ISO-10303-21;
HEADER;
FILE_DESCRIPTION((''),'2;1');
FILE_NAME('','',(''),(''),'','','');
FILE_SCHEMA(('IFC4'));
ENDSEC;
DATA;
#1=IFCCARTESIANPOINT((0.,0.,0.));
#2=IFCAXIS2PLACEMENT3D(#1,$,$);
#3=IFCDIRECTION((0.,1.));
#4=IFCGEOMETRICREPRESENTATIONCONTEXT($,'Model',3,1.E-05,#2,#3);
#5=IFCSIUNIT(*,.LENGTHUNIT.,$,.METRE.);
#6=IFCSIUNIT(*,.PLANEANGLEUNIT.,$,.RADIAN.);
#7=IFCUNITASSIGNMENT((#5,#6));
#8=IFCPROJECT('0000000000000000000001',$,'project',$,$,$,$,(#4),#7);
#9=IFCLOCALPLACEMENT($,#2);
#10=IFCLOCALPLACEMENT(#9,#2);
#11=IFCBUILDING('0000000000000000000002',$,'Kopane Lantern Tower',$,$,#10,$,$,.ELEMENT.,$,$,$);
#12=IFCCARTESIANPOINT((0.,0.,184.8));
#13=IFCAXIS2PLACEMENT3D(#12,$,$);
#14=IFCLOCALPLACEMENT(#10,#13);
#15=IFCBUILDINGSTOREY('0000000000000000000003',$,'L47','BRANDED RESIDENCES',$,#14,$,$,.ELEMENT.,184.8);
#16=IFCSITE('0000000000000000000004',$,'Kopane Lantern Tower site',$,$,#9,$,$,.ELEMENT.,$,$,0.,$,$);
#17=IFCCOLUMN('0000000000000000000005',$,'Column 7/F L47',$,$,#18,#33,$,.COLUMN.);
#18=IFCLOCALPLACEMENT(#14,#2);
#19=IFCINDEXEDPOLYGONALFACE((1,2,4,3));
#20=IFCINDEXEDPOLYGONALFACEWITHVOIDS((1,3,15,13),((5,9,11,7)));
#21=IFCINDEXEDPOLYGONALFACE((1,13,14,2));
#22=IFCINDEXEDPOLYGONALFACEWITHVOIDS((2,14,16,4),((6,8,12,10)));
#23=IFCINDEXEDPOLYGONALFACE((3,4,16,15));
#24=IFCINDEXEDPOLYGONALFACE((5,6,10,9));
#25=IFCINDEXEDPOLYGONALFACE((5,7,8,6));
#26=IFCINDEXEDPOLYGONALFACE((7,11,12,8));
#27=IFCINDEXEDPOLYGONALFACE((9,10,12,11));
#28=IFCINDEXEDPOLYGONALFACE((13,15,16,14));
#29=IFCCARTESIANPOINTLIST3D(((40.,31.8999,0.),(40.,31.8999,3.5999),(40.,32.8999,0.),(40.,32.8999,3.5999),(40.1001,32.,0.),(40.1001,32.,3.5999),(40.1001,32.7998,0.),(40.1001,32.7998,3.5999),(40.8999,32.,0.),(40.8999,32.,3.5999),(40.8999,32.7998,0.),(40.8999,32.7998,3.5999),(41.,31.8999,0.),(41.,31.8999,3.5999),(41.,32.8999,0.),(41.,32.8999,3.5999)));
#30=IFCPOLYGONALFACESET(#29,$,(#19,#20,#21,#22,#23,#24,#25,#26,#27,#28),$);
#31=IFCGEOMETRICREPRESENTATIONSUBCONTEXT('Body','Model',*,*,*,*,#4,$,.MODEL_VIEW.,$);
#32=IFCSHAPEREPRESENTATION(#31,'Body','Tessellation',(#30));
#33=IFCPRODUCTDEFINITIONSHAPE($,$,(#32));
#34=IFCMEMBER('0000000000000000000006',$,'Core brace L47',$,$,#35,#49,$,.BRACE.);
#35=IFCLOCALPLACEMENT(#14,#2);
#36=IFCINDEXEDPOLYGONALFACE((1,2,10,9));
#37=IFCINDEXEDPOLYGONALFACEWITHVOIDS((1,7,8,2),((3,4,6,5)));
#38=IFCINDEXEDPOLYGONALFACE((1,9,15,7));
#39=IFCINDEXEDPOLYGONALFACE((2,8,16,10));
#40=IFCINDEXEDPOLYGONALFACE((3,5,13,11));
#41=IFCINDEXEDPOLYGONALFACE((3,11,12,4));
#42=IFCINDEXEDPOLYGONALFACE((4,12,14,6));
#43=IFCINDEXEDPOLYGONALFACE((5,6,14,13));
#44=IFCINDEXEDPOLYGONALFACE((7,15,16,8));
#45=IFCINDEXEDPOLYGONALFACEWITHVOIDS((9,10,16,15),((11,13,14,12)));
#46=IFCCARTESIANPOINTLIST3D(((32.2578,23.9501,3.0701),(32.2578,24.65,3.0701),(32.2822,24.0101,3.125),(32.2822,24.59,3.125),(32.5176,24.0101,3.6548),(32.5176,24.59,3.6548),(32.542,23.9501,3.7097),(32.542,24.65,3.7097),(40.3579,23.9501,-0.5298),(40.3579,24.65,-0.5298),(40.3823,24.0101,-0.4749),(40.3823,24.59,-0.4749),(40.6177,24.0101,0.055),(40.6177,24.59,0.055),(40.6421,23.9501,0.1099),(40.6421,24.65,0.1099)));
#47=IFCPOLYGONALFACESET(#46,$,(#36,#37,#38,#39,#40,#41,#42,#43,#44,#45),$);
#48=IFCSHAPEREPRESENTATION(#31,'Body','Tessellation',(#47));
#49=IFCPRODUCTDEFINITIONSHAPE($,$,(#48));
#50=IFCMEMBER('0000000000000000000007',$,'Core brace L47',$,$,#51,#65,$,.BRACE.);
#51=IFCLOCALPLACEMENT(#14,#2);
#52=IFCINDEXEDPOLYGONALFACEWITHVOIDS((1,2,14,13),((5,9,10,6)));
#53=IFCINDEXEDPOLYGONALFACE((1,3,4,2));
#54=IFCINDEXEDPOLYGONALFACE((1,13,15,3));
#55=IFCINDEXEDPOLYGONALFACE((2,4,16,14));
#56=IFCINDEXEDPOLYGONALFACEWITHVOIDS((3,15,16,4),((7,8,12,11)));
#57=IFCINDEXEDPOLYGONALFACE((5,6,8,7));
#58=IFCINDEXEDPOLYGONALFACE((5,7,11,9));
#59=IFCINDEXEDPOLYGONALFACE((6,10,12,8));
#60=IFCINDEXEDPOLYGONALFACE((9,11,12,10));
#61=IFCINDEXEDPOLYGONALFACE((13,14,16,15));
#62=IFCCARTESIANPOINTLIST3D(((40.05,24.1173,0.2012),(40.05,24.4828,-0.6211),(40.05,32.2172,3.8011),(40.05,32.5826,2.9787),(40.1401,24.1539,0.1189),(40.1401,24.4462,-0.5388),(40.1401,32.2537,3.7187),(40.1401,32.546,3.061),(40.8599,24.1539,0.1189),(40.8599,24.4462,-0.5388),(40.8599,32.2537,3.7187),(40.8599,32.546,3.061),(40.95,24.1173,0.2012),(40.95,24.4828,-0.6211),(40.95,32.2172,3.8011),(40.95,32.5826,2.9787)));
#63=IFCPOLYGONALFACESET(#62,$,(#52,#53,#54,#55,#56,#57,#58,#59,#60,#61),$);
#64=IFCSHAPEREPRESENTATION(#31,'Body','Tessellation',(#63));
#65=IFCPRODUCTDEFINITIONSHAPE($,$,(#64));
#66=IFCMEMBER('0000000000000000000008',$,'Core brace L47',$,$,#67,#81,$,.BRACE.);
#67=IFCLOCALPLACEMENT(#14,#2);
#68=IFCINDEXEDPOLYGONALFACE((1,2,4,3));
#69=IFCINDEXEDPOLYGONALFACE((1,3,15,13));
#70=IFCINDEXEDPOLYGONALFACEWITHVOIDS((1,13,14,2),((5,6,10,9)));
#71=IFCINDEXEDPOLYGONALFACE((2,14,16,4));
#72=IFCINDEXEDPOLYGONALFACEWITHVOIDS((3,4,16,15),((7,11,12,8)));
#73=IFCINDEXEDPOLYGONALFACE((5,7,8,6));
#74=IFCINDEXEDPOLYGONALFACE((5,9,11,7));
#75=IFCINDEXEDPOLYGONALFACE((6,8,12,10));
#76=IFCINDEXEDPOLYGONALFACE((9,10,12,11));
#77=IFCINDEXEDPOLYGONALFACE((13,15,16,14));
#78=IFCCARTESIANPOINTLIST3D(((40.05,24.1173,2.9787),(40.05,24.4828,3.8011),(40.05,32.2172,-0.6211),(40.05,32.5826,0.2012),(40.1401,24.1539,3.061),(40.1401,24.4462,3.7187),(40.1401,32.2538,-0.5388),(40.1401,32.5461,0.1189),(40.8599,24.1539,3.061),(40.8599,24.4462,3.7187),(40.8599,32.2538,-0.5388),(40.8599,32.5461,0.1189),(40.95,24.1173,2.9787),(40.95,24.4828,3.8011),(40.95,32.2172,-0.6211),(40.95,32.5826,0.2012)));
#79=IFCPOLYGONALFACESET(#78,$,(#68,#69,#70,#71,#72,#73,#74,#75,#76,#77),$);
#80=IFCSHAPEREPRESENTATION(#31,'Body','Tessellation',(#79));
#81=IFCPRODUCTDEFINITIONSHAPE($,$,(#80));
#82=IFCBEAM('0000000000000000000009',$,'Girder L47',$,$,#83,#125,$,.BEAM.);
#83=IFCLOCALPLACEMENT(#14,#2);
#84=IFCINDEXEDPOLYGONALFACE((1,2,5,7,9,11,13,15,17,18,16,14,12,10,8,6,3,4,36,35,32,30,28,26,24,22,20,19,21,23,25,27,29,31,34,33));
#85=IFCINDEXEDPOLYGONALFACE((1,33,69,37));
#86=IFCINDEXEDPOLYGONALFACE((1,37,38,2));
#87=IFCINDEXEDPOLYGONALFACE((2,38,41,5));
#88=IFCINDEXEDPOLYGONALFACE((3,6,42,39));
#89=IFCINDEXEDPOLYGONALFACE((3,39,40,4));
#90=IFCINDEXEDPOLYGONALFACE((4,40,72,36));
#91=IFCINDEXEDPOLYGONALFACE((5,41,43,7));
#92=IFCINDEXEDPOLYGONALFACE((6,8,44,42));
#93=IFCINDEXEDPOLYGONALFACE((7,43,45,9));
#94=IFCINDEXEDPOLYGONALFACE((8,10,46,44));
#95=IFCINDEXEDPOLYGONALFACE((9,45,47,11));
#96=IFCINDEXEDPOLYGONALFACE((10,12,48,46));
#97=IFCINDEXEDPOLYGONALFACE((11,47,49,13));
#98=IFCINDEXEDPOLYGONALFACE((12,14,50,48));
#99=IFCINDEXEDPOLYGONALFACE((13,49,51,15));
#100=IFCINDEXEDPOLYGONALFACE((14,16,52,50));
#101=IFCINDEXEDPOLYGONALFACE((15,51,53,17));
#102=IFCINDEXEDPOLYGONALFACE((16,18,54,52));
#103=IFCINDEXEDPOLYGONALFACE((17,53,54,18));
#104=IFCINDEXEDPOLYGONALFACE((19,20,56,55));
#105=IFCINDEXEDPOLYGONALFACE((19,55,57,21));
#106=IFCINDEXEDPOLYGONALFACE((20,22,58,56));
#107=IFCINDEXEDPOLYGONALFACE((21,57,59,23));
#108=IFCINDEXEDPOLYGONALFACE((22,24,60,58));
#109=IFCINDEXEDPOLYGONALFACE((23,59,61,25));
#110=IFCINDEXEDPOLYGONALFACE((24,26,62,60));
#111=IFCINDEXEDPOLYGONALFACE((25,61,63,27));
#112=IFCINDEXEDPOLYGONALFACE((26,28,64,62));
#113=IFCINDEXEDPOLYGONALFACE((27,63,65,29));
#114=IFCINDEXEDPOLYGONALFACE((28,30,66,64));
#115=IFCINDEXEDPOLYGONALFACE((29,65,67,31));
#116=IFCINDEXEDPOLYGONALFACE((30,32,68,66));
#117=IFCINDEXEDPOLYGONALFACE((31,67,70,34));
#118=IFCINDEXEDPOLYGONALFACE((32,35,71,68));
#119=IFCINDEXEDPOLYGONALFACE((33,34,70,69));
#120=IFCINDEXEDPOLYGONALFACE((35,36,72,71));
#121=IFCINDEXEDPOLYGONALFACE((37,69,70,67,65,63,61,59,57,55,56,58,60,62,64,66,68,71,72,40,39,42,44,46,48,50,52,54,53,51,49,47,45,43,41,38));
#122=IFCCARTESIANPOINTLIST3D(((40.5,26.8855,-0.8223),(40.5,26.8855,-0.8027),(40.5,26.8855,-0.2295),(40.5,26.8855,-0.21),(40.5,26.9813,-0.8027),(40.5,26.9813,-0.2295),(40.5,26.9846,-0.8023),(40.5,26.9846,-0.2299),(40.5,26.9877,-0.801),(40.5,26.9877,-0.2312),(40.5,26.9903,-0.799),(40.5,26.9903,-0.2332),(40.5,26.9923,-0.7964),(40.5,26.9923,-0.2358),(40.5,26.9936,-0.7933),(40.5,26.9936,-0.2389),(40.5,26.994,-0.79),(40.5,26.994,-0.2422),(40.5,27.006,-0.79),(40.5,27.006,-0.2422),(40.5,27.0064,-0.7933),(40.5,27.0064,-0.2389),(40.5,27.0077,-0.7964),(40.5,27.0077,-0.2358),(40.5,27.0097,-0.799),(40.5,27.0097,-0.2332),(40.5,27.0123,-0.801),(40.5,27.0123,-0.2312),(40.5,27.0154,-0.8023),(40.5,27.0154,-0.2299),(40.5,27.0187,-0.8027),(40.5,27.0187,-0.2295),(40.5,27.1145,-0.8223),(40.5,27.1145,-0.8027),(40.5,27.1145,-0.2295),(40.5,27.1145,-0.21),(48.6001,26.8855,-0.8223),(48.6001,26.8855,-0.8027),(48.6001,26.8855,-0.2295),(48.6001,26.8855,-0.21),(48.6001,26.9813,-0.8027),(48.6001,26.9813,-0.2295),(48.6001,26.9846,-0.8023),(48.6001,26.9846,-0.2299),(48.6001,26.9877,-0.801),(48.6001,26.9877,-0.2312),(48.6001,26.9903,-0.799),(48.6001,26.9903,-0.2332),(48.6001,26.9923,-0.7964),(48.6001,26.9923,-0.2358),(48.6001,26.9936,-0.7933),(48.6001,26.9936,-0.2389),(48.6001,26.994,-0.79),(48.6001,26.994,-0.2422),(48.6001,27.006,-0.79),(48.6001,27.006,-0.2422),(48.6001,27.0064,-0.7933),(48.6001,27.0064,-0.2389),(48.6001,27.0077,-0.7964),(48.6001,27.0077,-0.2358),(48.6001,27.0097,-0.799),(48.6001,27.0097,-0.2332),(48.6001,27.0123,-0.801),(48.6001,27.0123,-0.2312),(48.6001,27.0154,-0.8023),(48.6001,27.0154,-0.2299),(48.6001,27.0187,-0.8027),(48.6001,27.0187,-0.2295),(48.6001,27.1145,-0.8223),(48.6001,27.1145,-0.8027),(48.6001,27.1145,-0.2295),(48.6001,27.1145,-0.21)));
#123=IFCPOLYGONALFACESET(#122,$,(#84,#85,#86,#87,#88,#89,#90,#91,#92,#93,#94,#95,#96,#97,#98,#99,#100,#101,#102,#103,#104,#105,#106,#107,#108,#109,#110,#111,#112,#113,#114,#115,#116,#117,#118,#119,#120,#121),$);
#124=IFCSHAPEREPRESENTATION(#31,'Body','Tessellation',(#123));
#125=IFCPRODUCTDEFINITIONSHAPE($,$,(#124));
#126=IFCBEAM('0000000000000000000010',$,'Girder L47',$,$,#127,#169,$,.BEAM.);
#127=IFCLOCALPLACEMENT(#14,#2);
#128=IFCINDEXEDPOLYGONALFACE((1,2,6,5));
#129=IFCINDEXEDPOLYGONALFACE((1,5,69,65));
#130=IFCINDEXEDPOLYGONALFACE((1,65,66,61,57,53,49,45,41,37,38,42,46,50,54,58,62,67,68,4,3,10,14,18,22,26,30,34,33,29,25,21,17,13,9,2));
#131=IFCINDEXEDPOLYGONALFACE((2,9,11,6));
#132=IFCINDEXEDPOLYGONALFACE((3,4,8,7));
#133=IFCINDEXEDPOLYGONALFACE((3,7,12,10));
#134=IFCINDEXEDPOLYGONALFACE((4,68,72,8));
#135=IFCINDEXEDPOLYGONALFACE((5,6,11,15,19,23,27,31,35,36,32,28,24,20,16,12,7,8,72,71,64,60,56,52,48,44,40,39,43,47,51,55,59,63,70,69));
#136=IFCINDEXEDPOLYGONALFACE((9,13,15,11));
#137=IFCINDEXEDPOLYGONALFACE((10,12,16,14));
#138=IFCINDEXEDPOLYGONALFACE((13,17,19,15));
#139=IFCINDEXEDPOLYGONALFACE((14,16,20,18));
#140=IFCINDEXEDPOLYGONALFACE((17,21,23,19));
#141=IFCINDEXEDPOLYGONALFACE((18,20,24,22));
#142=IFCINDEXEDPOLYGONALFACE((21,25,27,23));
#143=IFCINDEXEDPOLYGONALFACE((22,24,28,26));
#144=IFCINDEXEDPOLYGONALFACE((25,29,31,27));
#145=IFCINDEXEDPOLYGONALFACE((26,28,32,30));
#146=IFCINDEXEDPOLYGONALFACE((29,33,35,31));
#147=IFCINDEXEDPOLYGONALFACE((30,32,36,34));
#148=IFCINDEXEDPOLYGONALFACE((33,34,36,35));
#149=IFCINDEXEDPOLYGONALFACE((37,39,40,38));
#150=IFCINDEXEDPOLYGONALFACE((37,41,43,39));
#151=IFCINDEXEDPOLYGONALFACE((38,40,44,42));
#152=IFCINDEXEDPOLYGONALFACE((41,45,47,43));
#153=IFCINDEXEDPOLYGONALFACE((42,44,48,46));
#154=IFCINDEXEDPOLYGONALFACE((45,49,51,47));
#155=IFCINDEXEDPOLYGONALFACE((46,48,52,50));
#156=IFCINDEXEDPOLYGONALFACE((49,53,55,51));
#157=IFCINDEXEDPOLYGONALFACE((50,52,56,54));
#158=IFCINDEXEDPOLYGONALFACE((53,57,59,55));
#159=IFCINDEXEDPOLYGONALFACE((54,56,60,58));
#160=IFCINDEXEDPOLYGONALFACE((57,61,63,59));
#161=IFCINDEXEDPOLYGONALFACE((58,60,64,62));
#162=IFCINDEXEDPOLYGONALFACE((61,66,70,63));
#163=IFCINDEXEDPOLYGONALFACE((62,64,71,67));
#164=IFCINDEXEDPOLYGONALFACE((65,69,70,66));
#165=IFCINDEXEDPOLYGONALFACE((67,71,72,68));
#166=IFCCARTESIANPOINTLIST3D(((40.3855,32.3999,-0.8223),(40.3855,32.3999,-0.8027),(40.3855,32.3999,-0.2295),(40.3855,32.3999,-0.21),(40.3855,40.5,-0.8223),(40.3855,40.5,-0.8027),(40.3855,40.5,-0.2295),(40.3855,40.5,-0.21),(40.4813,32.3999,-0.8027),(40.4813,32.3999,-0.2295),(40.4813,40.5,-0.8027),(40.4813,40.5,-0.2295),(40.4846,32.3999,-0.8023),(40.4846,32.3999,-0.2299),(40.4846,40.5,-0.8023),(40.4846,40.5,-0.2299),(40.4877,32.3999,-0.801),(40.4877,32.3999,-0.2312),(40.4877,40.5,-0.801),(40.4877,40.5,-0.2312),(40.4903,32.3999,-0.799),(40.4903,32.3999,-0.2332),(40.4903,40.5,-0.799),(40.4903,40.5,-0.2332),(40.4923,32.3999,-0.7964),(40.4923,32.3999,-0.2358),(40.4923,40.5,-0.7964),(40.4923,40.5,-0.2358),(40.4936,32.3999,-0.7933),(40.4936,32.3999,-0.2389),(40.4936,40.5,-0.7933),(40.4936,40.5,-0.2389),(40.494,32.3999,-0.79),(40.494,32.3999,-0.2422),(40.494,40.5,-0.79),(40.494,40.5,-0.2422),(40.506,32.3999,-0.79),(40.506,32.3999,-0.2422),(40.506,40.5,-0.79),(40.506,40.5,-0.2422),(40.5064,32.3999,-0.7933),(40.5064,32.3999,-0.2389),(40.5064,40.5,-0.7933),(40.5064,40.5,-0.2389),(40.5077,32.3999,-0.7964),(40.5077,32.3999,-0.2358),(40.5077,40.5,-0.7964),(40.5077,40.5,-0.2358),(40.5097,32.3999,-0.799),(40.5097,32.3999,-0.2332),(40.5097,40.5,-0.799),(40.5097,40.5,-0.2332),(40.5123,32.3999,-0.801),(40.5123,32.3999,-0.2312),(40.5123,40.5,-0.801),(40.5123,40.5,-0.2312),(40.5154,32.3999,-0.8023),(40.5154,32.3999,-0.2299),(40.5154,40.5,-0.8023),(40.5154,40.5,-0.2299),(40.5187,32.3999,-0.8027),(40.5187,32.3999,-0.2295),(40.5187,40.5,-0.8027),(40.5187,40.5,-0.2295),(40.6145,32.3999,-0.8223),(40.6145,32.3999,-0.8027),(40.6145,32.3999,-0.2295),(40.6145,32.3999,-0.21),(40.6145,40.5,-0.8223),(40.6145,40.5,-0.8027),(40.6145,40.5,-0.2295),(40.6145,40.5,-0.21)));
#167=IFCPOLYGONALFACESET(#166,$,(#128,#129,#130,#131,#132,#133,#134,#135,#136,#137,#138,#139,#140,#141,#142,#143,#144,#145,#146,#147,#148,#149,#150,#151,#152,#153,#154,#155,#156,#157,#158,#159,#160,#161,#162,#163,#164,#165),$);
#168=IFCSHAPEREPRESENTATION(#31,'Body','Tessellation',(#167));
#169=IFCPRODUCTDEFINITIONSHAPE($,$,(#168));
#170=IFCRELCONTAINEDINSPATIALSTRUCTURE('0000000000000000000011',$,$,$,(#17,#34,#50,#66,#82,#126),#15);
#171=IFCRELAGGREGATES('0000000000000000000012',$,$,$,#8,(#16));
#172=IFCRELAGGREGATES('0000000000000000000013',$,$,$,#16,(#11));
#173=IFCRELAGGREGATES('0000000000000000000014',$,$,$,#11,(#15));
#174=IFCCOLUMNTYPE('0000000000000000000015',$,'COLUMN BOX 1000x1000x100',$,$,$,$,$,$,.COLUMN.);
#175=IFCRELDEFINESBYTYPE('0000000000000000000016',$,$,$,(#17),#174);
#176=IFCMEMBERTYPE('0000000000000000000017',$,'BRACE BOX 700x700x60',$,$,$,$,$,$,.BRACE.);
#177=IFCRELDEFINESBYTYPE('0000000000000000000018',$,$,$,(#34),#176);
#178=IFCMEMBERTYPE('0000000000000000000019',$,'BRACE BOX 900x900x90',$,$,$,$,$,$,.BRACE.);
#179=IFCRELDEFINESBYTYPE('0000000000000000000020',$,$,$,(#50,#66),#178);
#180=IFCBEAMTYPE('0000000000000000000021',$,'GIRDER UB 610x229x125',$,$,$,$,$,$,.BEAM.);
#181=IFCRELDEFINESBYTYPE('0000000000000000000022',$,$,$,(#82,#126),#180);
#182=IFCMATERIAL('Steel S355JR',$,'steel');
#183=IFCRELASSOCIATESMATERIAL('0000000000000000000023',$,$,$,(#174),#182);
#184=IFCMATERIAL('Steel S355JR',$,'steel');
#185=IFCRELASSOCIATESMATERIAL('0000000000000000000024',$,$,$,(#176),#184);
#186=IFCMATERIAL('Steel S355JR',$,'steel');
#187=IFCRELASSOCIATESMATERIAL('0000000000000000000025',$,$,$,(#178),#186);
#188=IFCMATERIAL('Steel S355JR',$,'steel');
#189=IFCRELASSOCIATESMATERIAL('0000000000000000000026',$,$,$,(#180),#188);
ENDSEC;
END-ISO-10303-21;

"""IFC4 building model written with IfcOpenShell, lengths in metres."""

from ifc_helpers import new_model, si_unit, direction, frame, origin, origin_2d, place, context, subcontext, project, spatial, hollow_rectangle, i_section, extrude, material, material_profile, profile_set, type_object, element, save


model = new_model("IFC4")

# Units and contexts
model_context = context("Model", 3, precision=1e-05, world=origin(), true_north=direction((0.0, 1.0)))
body_context = subcontext(model_context, "Body", "Model", "MODEL_VIEW")
ifc_project = project(units=[si_unit("LENGTHUNIT", "METRE"), si_unit("PLANEANGLEUNIT", "RADIAN")], contexts=[model_context])

# Site, building, storey
site_placement = place(None, origin())
site = spatial("IfcSite", under=ifc_project, at=site_placement, Name="Kopane Lantern Tower site", CompositionType="ELEMENT", RefElevation=0.0)
building_placement = place(site_placement, origin())
building = spatial("IfcBuilding", under=site, at=building_placement, Name="Kopane Lantern Tower", CompositionType="ELEMENT")
storey_placement = place(building_placement, frame((0.0, 0.0, 184.8)))
storey = spatial("IfcBuildingStorey", under=building, at=storey_placement, Name="L47", Description="BRANDED RESIDENCES", CompositionType="ELEMENT", Elevation=184.8)

# Column
ifc_material_1 = material(Name="Steel S355JR", Category="steel")
ifc_material_profile_1 = material_profile(ifc_material_1, hollow_rectangle(XDim=1.0, YDim=1.0, WallThickness=0.1001, at=origin_2d()), Name="BOX 1000x1000x100")
ifc_profile_set_1 = profile_set([ifc_material_profile_1], Name="Steel S355JR")
column_type = type_object("IfcColumnType", Name="COLUMN BOX 1000x1000x100", PredefinedType="COLUMN", material=ifc_profile_set_1)
column_placement = place(storey_placement, frame((40.5, 32.3999, 0.0), z_axis=(0.0, 0.0, 1.0), x_axis=(1.0, 0.0, 0.0)))
element("IfcColumn", 1, at=column_placement, inside=storey, type_object=column_type, Name="Column 7/F L47", PredefinedType="COLUMN", context=body_context, shape_type="SweptSolid", body=[
    extrude(hollow_rectangle(XDim=1.0, YDim=1.0, WallThickness=0.1001, at=origin_2d()), origin(), (0.0, 0.0, 1.0), 3.5999),
])

# Members
ifc_material_2 = material(Name="Steel S355JR", Category="steel")
ifc_material_profile_2 = material_profile(ifc_material_2, hollow_rectangle(XDim=0.7, YDim=0.7, WallThickness=0.0601, at=origin_2d()), Name="BOX 700x700x60")
ifc_profile_set_2 = profile_set([ifc_material_profile_2], Name="Steel S355JR")
member_type_1 = type_object("IfcMemberType", Name="BRACE BOX 700x700x60", PredefinedType="BRACE", material=ifc_profile_set_2)
member_placement = place(storey_placement, frame((40.5, 24.3, -0.21), z_axis=(-0.913819, 0.0, 0.406121), x_axis=(0.0, -1.0, 0.0)))
element("IfcMember", 2, at=member_placement, inside=storey, type_object=member_type_1, Name="Core brace L47", PredefinedType="BRACE", context=body_context, shape_type="SweptSolid", body=[
    extrude(hollow_rectangle(XDim=0.7, YDim=0.7, WallThickness=0.0601, at=origin_2d()), origin(), (0.0, 0.0, 1.0), 8.864),
])
ifc_material_3 = material(Name="Steel S355JR", Category="steel")
ifc_material_profile_3 = material_profile(ifc_material_3, hollow_rectangle(XDim=0.8999, YDim=0.8999, WallThickness=0.0901, at=origin_2d()), Name="BOX 900x900x90")
ifc_profile_set_3 = profile_set([ifc_material_profile_3], Name="Steel S355JR")
member_type_2 = type_object("IfcMemberType", Name="BRACE BOX 900x900x90", PredefinedType="BRACE", material=ifc_profile_set_3)
for number, where, z_axis, x_axis, name in (
    (3, (40.5, 24.3, -0.21), (0.0, 0.913815, 0.406131), (-1.0, 0.0, 0.0), "Core brace L47"),
    (4, (40.5, 32.3999, -0.21), (0.0, -0.913815, 0.406131), (1.0, 0.0, 0.0), "Core brace L47"),
):
    element("IfcMember", number, at=place(storey_placement, frame(where, z_axis=z_axis, x_axis=x_axis)), inside=storey, type_object=member_type_2, Name=name, PredefinedType="BRACE", context=body_context, shape_type="SweptSolid", body=[
        extrude(hollow_rectangle(XDim=0.8999, YDim=0.8999, WallThickness=0.0901, at=origin_2d()), origin(), (0.0, 0.0, 1.0), 8.8638),
    ])

# Beams
ifc_material_4 = material(Name="Steel S355JR", Category="steel")
ifc_material_profile_4 = material_profile(ifc_material_4, i_section(OverallWidth=0.229, OverallDepth=0.6123, WebThickness=0.012, FlangeThickness=0.0195, FilletRadius=0.0127, at=origin_2d()), Name="UB 610x229x125")
ifc_profile_set_4 = profile_set([ifc_material_profile_4], Name="Steel S355JR")
beam_type = type_object("IfcBeamType", Name="GIRDER UB 610x229x125", PredefinedType="BEAM", material=ifc_profile_set_4)
for number, where, z_axis, x_axis, name in (
    (5, (40.5, 27.0, -0.5161), (1.0, 0.0, 0.0), (0.0, 1.0, 0.0), "Girder L47"),
    (6, (40.5, 32.3999, -0.5161), (0.0, 1.0, 0.0), (-1.0, 0.0, 0.0), "Girder L47"),
):
    element("IfcBeam", number, at=place(storey_placement, frame(where, z_axis=z_axis, x_axis=x_axis)), inside=storey, type_object=beam_type, Name=name, PredefinedType="BEAM", context=body_context, shape_type="SweptSolid", body=[
        extrude(i_section(OverallWidth=0.229, OverallDepth=0.6123, WebThickness=0.012, FlangeThickness=0.0195, FilletRadius=0.0127, at=origin_2d()), origin(), (0.0, 0.0, 1.0), 8.1001),
    ])

save(model, "model.ifc")
